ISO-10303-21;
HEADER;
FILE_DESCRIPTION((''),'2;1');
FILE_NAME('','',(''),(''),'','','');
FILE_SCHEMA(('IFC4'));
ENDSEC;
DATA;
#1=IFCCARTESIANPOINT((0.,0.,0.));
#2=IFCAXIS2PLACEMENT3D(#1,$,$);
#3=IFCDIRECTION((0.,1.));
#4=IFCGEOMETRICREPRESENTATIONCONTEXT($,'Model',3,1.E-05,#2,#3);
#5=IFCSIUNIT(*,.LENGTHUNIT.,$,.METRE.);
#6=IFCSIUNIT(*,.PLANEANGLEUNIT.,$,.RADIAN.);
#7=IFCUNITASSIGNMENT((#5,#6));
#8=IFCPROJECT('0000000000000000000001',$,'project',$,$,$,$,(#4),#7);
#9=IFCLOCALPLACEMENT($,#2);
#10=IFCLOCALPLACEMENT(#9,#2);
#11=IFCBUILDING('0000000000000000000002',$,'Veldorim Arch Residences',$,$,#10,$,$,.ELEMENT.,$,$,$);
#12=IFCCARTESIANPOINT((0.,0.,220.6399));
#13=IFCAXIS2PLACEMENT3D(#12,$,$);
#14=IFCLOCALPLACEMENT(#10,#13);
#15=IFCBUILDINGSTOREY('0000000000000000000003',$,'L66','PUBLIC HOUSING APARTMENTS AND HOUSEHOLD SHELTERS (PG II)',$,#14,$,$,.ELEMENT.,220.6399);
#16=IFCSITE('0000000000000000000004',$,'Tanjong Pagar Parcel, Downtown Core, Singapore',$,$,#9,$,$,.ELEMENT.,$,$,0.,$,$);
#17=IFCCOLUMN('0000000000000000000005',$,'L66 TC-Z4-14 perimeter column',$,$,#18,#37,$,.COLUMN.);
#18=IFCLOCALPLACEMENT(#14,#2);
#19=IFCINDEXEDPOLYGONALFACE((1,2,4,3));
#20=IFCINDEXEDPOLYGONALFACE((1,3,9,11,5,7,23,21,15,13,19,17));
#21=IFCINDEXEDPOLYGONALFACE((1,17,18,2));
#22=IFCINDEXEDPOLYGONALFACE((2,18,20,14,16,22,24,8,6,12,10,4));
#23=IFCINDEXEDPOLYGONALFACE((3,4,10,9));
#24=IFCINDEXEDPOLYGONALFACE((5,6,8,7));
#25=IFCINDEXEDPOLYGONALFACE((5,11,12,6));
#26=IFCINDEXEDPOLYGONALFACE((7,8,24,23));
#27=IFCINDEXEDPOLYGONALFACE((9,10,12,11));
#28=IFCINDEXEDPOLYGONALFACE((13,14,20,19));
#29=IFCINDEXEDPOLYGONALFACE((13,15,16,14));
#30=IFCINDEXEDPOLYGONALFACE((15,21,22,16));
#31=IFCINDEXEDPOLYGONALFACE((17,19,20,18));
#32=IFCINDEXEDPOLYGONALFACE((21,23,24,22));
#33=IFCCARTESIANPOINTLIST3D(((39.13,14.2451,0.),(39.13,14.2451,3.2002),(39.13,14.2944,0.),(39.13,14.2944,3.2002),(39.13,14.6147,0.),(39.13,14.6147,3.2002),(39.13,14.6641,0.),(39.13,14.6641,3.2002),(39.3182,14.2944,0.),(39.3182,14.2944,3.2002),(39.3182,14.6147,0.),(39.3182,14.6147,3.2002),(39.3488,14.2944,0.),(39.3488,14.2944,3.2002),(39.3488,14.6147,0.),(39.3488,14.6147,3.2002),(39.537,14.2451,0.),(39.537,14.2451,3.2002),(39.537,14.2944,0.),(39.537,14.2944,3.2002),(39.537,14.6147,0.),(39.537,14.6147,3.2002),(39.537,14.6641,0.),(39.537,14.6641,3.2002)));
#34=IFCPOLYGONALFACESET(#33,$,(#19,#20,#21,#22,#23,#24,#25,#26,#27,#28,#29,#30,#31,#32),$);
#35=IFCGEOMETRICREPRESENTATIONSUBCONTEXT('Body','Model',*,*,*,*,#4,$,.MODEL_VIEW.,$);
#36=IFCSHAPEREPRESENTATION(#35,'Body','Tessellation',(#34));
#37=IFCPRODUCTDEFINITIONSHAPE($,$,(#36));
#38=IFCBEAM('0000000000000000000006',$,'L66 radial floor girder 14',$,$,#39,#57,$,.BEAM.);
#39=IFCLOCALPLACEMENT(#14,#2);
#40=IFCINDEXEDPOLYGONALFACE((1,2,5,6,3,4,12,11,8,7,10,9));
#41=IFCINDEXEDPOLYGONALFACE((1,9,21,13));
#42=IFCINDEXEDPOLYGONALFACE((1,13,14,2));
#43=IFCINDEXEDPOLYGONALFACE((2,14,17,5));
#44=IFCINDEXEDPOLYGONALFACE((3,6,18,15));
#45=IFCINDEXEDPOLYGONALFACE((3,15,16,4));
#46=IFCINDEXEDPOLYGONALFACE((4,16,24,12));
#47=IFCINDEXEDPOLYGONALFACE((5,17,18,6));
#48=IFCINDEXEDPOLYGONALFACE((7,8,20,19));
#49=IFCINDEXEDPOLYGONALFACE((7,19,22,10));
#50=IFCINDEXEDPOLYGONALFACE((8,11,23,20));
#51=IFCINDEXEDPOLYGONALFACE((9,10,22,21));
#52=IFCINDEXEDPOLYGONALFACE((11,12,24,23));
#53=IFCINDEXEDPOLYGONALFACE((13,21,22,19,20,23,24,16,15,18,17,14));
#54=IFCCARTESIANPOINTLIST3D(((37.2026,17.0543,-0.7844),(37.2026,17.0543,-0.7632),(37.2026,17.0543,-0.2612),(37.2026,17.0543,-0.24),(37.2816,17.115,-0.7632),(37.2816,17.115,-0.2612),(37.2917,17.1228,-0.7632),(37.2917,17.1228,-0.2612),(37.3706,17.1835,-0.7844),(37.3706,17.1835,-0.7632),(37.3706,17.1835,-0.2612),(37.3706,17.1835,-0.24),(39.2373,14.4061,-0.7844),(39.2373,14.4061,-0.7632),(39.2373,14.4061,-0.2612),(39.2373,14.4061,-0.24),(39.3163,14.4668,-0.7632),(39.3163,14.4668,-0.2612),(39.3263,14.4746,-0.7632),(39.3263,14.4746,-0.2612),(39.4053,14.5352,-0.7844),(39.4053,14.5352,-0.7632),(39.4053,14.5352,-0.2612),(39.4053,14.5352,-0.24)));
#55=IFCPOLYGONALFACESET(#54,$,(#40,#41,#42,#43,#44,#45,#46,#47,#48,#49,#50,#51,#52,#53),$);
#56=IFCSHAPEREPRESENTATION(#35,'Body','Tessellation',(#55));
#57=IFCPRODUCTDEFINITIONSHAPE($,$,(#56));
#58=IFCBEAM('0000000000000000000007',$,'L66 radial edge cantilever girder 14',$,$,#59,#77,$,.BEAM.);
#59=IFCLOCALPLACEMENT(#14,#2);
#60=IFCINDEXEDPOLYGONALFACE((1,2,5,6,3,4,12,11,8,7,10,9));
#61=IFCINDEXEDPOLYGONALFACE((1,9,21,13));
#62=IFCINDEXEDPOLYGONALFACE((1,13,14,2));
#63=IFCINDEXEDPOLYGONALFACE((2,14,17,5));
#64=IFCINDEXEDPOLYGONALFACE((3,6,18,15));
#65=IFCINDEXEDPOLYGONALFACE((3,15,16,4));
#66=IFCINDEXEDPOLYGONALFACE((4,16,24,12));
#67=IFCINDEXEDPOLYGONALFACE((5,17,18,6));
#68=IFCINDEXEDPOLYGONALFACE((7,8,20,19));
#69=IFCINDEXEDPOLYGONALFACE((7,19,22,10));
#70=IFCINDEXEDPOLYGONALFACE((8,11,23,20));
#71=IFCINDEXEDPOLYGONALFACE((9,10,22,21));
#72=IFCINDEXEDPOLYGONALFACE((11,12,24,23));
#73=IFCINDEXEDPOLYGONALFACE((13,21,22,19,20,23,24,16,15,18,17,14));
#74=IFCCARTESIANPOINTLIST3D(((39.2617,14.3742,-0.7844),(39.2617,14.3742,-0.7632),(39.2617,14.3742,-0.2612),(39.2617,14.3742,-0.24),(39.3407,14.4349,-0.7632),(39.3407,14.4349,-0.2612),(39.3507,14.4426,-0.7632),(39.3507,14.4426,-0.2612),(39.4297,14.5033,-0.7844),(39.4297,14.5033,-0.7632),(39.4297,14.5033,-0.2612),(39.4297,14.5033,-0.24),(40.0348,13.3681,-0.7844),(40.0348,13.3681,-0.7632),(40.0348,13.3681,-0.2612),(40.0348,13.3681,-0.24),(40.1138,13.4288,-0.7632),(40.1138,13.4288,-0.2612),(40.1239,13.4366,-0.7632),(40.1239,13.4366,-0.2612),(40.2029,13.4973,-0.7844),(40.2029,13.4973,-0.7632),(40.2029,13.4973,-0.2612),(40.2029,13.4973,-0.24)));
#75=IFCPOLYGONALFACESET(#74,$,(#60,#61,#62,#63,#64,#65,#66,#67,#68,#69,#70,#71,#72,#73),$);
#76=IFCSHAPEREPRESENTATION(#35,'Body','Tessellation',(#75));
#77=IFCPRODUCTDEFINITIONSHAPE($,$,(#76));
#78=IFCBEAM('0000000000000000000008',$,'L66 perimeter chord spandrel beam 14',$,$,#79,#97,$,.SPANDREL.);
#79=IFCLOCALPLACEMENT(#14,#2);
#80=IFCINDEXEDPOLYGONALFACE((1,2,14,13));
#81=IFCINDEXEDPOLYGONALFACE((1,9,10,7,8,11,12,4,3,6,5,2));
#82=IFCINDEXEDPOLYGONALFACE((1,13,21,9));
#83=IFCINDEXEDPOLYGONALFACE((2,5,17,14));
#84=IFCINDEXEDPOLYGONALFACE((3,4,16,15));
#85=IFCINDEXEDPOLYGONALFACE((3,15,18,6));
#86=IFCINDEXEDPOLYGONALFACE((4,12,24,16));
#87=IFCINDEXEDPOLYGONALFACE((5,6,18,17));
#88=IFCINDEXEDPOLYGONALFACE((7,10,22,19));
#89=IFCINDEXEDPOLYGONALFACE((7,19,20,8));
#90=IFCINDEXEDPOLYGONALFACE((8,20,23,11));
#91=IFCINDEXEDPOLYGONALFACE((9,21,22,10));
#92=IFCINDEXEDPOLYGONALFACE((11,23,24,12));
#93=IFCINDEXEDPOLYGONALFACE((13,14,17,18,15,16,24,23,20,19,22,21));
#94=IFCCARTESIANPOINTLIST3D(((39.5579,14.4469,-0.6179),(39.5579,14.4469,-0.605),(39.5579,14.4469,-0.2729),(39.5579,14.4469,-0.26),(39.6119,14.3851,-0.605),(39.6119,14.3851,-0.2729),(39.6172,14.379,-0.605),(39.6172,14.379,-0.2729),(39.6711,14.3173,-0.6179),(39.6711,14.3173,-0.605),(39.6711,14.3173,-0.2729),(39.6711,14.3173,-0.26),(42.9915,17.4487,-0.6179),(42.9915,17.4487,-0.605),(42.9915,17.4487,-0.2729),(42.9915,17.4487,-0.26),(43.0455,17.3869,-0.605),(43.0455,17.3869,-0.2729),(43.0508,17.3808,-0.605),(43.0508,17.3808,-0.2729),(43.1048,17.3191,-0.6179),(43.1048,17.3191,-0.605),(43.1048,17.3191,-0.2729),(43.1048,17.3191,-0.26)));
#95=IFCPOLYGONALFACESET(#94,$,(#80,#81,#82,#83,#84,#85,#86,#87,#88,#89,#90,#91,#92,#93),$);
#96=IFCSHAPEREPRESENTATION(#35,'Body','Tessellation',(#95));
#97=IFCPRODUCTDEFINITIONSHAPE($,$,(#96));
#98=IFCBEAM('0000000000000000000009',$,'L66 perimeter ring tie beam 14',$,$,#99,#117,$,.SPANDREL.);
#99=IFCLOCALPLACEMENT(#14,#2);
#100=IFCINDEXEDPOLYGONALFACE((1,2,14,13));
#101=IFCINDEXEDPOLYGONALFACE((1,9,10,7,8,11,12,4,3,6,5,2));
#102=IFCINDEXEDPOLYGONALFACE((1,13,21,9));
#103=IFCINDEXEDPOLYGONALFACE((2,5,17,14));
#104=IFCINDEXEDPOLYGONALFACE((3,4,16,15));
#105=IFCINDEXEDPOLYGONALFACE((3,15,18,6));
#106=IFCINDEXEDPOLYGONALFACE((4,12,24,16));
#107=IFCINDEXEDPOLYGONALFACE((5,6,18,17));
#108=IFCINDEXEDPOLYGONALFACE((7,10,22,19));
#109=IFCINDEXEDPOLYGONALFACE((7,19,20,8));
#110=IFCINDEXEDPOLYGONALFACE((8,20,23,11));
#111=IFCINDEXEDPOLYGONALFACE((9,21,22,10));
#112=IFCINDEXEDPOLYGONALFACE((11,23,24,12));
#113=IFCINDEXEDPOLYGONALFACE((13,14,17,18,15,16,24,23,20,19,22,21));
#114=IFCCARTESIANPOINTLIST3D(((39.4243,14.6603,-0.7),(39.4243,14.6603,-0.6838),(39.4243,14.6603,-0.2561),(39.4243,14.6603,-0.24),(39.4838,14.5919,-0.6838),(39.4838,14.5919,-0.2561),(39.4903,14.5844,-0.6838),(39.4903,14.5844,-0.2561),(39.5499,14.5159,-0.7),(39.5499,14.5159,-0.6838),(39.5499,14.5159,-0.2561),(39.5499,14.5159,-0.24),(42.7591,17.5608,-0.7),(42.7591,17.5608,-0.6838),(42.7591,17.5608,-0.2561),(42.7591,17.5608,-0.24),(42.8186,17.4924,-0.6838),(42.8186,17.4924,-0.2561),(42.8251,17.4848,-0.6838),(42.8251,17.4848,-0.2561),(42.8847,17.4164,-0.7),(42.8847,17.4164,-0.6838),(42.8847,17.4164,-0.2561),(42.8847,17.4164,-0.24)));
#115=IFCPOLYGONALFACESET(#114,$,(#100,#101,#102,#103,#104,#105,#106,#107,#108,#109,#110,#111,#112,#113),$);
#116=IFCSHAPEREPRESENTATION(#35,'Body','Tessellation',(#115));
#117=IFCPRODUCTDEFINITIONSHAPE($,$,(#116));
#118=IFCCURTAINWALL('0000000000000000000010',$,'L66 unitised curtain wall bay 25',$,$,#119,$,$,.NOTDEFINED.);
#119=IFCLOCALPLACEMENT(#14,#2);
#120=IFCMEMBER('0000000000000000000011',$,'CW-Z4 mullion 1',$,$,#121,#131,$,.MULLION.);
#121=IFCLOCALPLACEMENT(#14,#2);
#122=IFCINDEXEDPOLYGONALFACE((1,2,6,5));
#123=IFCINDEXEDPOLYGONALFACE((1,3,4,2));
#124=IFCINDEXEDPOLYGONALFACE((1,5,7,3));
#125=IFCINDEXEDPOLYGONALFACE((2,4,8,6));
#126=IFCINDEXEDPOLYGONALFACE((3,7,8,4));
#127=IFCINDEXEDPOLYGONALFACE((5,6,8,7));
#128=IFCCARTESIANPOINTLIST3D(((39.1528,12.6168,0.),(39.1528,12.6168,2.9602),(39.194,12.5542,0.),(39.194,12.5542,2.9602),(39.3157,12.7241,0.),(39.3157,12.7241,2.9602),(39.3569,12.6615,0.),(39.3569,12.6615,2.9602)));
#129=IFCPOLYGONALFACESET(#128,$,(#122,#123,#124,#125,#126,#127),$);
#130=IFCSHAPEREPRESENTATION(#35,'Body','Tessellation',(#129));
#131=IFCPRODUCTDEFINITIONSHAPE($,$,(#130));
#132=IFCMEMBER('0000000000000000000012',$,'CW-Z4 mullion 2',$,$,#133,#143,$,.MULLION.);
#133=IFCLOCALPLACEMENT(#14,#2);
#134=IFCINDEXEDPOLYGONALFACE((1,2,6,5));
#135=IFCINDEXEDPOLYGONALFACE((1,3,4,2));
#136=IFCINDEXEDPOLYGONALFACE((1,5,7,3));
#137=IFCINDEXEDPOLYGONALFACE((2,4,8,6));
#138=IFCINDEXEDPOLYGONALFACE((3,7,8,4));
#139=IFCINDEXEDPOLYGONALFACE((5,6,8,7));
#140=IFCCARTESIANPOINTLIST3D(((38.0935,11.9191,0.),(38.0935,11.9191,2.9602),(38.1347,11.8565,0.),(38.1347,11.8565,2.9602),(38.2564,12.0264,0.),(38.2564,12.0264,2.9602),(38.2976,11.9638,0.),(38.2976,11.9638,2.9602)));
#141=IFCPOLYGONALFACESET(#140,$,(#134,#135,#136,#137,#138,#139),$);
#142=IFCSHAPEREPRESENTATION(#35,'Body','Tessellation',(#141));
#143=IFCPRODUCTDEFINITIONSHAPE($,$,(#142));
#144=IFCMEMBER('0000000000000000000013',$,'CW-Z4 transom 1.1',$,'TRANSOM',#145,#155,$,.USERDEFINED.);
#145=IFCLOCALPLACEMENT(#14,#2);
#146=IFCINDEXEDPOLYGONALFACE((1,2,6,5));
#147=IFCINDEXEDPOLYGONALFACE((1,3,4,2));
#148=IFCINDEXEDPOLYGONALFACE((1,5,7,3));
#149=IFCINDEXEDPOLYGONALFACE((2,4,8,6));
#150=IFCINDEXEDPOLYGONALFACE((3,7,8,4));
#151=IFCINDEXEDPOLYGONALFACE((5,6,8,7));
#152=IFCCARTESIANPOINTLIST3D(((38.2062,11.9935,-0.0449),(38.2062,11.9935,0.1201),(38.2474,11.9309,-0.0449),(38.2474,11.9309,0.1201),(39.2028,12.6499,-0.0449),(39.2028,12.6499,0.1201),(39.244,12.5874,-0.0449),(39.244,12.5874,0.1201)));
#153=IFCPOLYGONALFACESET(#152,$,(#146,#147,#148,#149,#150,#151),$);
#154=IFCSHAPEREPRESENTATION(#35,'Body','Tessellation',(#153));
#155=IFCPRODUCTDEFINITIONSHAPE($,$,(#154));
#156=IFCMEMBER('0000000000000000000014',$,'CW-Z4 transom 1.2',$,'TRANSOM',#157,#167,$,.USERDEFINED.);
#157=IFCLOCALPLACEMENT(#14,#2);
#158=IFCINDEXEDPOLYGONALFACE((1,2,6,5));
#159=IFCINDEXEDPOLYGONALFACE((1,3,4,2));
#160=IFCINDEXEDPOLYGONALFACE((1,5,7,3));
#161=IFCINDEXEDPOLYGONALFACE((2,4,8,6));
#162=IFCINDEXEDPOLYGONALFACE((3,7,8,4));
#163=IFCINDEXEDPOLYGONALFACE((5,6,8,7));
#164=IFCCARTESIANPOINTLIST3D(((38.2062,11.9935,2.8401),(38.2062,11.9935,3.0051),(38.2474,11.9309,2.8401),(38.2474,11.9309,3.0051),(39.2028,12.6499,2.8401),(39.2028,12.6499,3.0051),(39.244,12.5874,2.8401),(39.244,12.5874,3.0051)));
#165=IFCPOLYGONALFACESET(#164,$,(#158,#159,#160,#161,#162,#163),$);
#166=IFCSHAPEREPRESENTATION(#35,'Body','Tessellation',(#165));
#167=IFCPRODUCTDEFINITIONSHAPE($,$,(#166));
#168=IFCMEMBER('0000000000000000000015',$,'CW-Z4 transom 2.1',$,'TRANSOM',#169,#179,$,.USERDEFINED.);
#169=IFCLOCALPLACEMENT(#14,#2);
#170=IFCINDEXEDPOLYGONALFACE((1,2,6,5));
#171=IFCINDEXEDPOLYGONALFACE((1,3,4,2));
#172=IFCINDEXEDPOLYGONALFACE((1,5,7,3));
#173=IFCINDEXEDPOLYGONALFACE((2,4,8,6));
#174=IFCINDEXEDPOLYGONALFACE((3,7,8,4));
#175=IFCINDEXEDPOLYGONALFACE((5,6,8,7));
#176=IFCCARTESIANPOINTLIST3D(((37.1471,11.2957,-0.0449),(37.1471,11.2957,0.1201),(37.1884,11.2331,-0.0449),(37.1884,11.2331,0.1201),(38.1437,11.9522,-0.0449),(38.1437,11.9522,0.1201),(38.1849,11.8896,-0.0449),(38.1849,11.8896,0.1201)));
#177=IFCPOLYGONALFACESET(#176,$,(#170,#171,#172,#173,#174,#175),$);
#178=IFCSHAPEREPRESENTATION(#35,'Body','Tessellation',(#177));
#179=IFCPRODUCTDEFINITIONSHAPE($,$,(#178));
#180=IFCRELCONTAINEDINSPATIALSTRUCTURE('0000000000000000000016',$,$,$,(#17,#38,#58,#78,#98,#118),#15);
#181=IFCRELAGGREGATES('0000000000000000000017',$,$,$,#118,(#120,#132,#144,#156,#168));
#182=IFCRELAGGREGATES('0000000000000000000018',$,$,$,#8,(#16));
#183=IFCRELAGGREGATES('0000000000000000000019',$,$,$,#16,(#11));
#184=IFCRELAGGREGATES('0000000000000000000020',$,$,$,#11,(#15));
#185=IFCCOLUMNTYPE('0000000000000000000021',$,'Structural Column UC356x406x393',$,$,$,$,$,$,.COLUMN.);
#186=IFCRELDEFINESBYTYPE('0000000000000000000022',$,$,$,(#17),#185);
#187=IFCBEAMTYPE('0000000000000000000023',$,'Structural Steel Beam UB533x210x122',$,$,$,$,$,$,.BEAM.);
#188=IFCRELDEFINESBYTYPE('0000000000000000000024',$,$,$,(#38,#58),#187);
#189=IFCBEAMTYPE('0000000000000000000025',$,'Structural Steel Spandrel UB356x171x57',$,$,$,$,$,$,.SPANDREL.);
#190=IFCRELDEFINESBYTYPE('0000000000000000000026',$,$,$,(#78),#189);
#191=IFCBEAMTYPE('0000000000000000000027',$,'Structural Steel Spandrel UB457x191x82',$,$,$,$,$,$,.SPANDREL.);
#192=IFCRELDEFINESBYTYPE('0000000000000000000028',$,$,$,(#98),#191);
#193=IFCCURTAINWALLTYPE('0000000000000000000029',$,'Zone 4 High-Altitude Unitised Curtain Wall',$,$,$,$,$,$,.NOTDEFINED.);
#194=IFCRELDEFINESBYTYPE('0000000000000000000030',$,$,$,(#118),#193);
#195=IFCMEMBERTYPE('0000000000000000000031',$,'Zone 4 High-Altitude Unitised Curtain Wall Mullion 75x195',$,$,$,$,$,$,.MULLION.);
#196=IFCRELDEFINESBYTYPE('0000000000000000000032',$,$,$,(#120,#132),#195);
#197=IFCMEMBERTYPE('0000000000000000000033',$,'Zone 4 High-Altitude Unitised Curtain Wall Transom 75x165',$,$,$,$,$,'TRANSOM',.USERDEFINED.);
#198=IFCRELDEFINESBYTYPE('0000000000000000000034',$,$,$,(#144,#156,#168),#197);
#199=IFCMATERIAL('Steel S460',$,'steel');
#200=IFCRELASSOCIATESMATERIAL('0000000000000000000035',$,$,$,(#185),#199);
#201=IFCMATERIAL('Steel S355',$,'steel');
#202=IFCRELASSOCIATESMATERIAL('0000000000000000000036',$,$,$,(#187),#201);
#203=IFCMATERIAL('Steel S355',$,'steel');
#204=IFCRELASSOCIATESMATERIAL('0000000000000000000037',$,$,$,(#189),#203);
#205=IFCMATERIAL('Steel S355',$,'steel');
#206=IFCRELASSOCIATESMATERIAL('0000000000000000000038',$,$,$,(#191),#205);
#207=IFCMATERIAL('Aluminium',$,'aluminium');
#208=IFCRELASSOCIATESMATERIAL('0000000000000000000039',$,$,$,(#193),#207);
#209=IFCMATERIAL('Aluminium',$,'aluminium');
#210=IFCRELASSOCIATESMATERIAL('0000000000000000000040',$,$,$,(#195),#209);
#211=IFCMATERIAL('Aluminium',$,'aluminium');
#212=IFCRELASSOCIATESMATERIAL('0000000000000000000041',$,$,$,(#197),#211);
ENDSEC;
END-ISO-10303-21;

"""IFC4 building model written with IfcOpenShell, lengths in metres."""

from ifc_helpers import new_model, si_unit, direction, frame, origin, origin_2d, place, context, subcontext, project, spatial, rectangle, i_section, extrude, material, material_profile, profile_set, type_object, element, aggregate, save


model = new_model("IFC4")

# Units and contexts
model_context = context("Model", 3, precision=1e-05, world=origin(), true_north=direction((0.0, 1.0)))
body_context = subcontext(model_context, "Body", "Model", "MODEL_VIEW")
ifc_project = project(units=[si_unit("LENGTHUNIT", "METRE"), si_unit("PLANEANGLEUNIT", "RADIAN")], contexts=[model_context])

# Site, building, storey
site_placement = place(None, origin())
site = spatial("IfcSite", under=ifc_project, at=site_placement, Name="Tanjong Pagar Parcel, Downtown Core, Singapore", CompositionType="ELEMENT", RefElevation=0.0)
building_placement = place(site_placement, origin())
building = spatial("IfcBuilding", under=site, at=building_placement, Name="Veldorim Arch Residences", CompositionType="ELEMENT")
storey_placement = place(building_placement, frame((0.0, 0.0, 220.6399)))
storey = spatial("IfcBuildingStorey", under=building, at=storey_placement, Name="L66", Description="PUBLIC HOUSING APARTMENTS AND HOUSEHOLD SHELTERS (PG II)", CompositionType="ELEMENT", Elevation=220.6399)

# Column
ifc_material_1 = material(Name="Steel S460", Category="steel")
ifc_material_profile_1 = material_profile(ifc_material_1, i_section(OverallWidth=0.407, OverallDepth=0.4189, WebThickness=0.0305, FlangeThickness=0.0493, at=origin_2d()), Name="UC356x406x393")
ifc_profile_set_1 = profile_set([ifc_material_profile_1], Name="Steel S460")
column_type = type_object("IfcColumnType", Name="Structural Column UC356x406x393", PredefinedType="COLUMN", material=ifc_profile_set_1)
column_placement = place(storey_placement, frame((39.3335, 14.4546, 0.0), z_axis=(0.0, 0.0, 1.0), x_axis=(1.0, 0.0, 0.0)))
element("IfcColumn", 1, at=column_placement, inside=storey, type_object=column_type, Name="L66 TC-Z4-14 perimeter column", PredefinedType="COLUMN", context=body_context, shape_type="SweptSolid", body=[
    extrude(i_section(OverallWidth=0.407, OverallDepth=0.4189, WebThickness=0.0305, FlangeThickness=0.0493, at=origin_2d()), origin(), (0.0, 0.0, 1.0), 3.2002),
])

# Beams
ifc_material_2 = material(Name="Steel S355", Category="steel")
ifc_material_profile_2 = material_profile(ifc_material_2, i_section(OverallWidth=0.2119, OverallDepth=0.5444, WebThickness=0.0127, FlangeThickness=0.0212, at=origin_2d()), Name="UB533x210x122")
ifc_profile_set_2 = profile_set([ifc_material_profile_2], Name="Steel S355")
beam_type_1 = type_object("IfcBeamType", Name="Structural Steel Beam UB533x210x122", PredefinedType="BEAM", material=ifc_profile_set_2)
beam_1_placement = place(storey_placement, frame((37.2866, 17.1189, -0.5122), z_axis=(0.609258, -0.792972, 0.0), x_axis=(0.792972, 0.609258, 0.0)))
element("IfcBeam", 2, at=beam_1_placement, inside=storey, type_object=beam_type_1, Name="L66 radial floor girder 14", PredefinedType="BEAM", context=body_context, shape_type="SweptSolid", body=[
    extrude(i_section(OverallWidth=0.2119, OverallDepth=0.5444, WebThickness=0.0127, FlangeThickness=0.0212, at=origin_2d()), origin(), (0.0, 0.0, 1.0), 3.3396),
])
beam_2_placement = place(storey_placement, frame((39.3457, 14.4387, -0.5122), z_axis=(0.609348, -0.792903, 0.0), x_axis=(0.792903, 0.609348, 0.0)))
element("IfcBeam", 3, at=beam_2_placement, inside=storey, type_object=beam_type_1, Name="L66 radial edge cantilever girder 14", PredefinedType="BEAM", context=body_context, shape_type="SweptSolid", body=[
    extrude(i_section(OverallWidth=0.2119, OverallDepth=0.5444, WebThickness=0.0127, FlangeThickness=0.0212, at=origin_2d()), origin(), (0.0, 0.0, 1.0), 1.2688),
])
ifc_material_3 = material(Name="Steel S355", Category="steel")
ifc_material_profile_3 = material_profile(ifc_material_3, i_section(OverallWidth=0.1721, OverallDepth=0.3579, WebThickness=0.0081, FlangeThickness=0.0129, at=origin_2d()), Name="UB356x171x57")
ifc_profile_set_3 = profile_set([ifc_material_profile_3], Name="Steel S355")
beam_type_2 = type_object("IfcBeamType", Name="Structural Steel Spandrel UB356x171x57", PredefinedType="SPANDREL", material=ifc_profile_set_3)
beam_3_placement = place(storey_placement, frame((39.6145, 14.3821, -0.439), z_axis=(0.752868, 0.658171, 0.0), x_axis=(-0.658171, 0.752868, 0.0)))
element("IfcBeam", 4, at=beam_3_placement, inside=storey, type_object=beam_type_2, Name="L66 perimeter chord spandrel beam 14", PredefinedType="SPANDREL", context=body_context, shape_type="SweptSolid", body=[
    extrude(i_section(OverallWidth=0.1721, OverallDepth=0.3579, WebThickness=0.0081, FlangeThickness=0.0129, at=origin_2d()), origin(), (0.0, 0.0, 1.0), 4.5608),
])
ifc_material_4 = material(Name="Steel S355", Category="steel")
ifc_material_profile_4 = material_profile(ifc_material_4, i_section(OverallWidth=0.1914, OverallDepth=0.46, WebThickness=0.01, FlangeThickness=0.0161, at=origin_2d()), Name="UB457x191x82")
ifc_profile_set_4 = profile_set([ifc_material_profile_4], Name="Steel S355")
beam_type_3 = type_object("IfcBeamType", Name="Structural Steel Spandrel UB457x191x82", PredefinedType="SPANDREL", material=ifc_profile_set_4)
beam_4_placement = place(storey_placement, frame((39.4871, 14.5881, -0.47), z_axis=(0.754534, 0.656261, 0.0), x_axis=(-0.656261, 0.754534, 0.0)))
element("IfcBeam", 5, at=beam_4_placement, inside=storey, type_object=beam_type_3, Name="L66 perimeter ring tie beam 14", PredefinedType="SPANDREL", context=body_context, shape_type="SweptSolid", body=[
    extrude(i_section(OverallWidth=0.1914, OverallDepth=0.46, WebThickness=0.01, FlangeThickness=0.0161, at=origin_2d()), origin(), (0.0, 0.0, 1.0), 4.4197),
])

# Curtain wall, members
ifc_material_5 = material(Name="Aluminium", Category="aluminium")
curtain_wall_type = type_object("IfcCurtainWallType", Name="Zone 4 High-Altitude Unitised Curtain Wall", PredefinedType="NOTDEFINED", material=ifc_material_5)
curtain_wall_placement = place(storey_placement, origin())
curtain_wall = element("IfcCurtainWall", 6, at=curtain_wall_placement, inside=storey, type_object=curtain_wall_type, Name="L66 unitised curtain wall bay 25", PredefinedType="NOTDEFINED")
ifc_material_6 = material(Name="Aluminium", Category="aluminium")
ifc_material_profile_5 = material_profile(ifc_material_6, rectangle(XDim=0.075, YDim=0.1951, at=origin_2d()), Name="ALU_MUL_75x195")
ifc_profile_set_5 = profile_set([ifc_material_profile_5], Name="Aluminium")
member_type_1 = type_object("IfcMemberType", Name="Zone 4 High-Altitude Unitised Curtain Wall Mullion 75x195", PredefinedType="MULLION", material=ifc_profile_set_5)
member_1_placement = place(storey_placement, frame((39.2549, 12.6392, 0.0), z_axis=(0.0, 0.0, 1.0), x_axis=(0.550062, -0.835124, 0.0)))
member_1 = element("IfcMember", 7, at=member_1_placement, type_object=member_type_1, Name="CW-Z4 mullion 1", PredefinedType="MULLION", context=body_context, shape_type="SweptSolid", body=[
    extrude(rectangle(XDim=0.075, YDim=0.1951, at=origin_2d()), origin(), (0.0, 0.0, 1.0), 2.9602),
])
member_2_placement = place(storey_placement, frame((38.1956, 11.9414, 0.0), z_axis=(0.0, 0.0, 1.0), x_axis=(0.550062, -0.835124, 0.0)))
member_2 = element("IfcMember", 8, at=member_2_placement, type_object=member_type_1, Name="CW-Z4 mullion 2", PredefinedType="MULLION", context=body_context, shape_type="SweptSolid", body=[
    extrude(rectangle(XDim=0.075, YDim=0.1951, at=origin_2d()), origin(), (0.0, 0.0, 1.0), 2.9602),
])
ifc_material_7 = material(Name="Aluminium", Category="aluminium")
ifc_material_profile_6 = material_profile(ifc_material_7, rectangle(XDim=0.075, YDim=0.165, at=origin_2d()), Name="ALU_TRN_75x165")
ifc_profile_set_6 = profile_set([ifc_material_profile_6], Name="Aluminium")
member_type_2 = type_object("IfcMemberType", Name="Zone 4 High-Altitude Unitised Curtain Wall Transom 75x165", ElementType="TRANSOM", PredefinedType="USERDEFINED", material=ifc_profile_set_6)
member_3_placement = place(storey_placement, frame((39.2234, 12.6187, 0.0376), z_axis=(-0.835091, -0.550112, 0.0), x_axis=(0.550112, -0.835091, 0.0)))
member_3 = element("IfcMember", 9, at=member_3_placement, type_object=member_type_2, Name="CW-Z4 transom 1.1", ObjectType="TRANSOM", PredefinedType="USERDEFINED", context=body_context, shape_type="SweptSolid", body=[
    extrude(rectangle(XDim=0.075, YDim=0.165, at=origin_2d()), origin(), (0.0, 0.0, 1.0), 1.1934),
])
member_4_placement = place(storey_placement, frame((39.2234, 12.6187, 2.9226), z_axis=(-0.835091, -0.550112, 0.0), x_axis=(0.550112, -0.835091, 0.0)))
member_4 = element("IfcMember", 10, at=member_4_placement, type_object=member_type_2, Name="CW-Z4 transom 1.2", ObjectType="TRANSOM", PredefinedType="USERDEFINED", context=body_context, shape_type="SweptSolid", body=[
    extrude(rectangle(XDim=0.075, YDim=0.165, at=origin_2d()), origin(), (0.0, 0.0, 1.0), 1.1934),
])
member_5_placement = place(storey_placement, frame((38.1643, 11.9209, 0.0376), z_axis=(-0.835091, -0.550112, 0.0), x_axis=(0.550112, -0.835091, 0.0)))
member_5 = element("IfcMember", 11, at=member_5_placement, type_object=member_type_2, Name="CW-Z4 transom 2.1", ObjectType="TRANSOM", PredefinedType="USERDEFINED", context=body_context, shape_type="SweptSolid", body=[
    extrude(rectangle(XDim=0.075, YDim=0.165, at=origin_2d()), origin(), (0.0, 0.0, 1.0), 1.1934),
])
aggregate(curtain_wall, [member_1, member_2, member_3, member_4, member_5])

save(model, "model.ifc")
